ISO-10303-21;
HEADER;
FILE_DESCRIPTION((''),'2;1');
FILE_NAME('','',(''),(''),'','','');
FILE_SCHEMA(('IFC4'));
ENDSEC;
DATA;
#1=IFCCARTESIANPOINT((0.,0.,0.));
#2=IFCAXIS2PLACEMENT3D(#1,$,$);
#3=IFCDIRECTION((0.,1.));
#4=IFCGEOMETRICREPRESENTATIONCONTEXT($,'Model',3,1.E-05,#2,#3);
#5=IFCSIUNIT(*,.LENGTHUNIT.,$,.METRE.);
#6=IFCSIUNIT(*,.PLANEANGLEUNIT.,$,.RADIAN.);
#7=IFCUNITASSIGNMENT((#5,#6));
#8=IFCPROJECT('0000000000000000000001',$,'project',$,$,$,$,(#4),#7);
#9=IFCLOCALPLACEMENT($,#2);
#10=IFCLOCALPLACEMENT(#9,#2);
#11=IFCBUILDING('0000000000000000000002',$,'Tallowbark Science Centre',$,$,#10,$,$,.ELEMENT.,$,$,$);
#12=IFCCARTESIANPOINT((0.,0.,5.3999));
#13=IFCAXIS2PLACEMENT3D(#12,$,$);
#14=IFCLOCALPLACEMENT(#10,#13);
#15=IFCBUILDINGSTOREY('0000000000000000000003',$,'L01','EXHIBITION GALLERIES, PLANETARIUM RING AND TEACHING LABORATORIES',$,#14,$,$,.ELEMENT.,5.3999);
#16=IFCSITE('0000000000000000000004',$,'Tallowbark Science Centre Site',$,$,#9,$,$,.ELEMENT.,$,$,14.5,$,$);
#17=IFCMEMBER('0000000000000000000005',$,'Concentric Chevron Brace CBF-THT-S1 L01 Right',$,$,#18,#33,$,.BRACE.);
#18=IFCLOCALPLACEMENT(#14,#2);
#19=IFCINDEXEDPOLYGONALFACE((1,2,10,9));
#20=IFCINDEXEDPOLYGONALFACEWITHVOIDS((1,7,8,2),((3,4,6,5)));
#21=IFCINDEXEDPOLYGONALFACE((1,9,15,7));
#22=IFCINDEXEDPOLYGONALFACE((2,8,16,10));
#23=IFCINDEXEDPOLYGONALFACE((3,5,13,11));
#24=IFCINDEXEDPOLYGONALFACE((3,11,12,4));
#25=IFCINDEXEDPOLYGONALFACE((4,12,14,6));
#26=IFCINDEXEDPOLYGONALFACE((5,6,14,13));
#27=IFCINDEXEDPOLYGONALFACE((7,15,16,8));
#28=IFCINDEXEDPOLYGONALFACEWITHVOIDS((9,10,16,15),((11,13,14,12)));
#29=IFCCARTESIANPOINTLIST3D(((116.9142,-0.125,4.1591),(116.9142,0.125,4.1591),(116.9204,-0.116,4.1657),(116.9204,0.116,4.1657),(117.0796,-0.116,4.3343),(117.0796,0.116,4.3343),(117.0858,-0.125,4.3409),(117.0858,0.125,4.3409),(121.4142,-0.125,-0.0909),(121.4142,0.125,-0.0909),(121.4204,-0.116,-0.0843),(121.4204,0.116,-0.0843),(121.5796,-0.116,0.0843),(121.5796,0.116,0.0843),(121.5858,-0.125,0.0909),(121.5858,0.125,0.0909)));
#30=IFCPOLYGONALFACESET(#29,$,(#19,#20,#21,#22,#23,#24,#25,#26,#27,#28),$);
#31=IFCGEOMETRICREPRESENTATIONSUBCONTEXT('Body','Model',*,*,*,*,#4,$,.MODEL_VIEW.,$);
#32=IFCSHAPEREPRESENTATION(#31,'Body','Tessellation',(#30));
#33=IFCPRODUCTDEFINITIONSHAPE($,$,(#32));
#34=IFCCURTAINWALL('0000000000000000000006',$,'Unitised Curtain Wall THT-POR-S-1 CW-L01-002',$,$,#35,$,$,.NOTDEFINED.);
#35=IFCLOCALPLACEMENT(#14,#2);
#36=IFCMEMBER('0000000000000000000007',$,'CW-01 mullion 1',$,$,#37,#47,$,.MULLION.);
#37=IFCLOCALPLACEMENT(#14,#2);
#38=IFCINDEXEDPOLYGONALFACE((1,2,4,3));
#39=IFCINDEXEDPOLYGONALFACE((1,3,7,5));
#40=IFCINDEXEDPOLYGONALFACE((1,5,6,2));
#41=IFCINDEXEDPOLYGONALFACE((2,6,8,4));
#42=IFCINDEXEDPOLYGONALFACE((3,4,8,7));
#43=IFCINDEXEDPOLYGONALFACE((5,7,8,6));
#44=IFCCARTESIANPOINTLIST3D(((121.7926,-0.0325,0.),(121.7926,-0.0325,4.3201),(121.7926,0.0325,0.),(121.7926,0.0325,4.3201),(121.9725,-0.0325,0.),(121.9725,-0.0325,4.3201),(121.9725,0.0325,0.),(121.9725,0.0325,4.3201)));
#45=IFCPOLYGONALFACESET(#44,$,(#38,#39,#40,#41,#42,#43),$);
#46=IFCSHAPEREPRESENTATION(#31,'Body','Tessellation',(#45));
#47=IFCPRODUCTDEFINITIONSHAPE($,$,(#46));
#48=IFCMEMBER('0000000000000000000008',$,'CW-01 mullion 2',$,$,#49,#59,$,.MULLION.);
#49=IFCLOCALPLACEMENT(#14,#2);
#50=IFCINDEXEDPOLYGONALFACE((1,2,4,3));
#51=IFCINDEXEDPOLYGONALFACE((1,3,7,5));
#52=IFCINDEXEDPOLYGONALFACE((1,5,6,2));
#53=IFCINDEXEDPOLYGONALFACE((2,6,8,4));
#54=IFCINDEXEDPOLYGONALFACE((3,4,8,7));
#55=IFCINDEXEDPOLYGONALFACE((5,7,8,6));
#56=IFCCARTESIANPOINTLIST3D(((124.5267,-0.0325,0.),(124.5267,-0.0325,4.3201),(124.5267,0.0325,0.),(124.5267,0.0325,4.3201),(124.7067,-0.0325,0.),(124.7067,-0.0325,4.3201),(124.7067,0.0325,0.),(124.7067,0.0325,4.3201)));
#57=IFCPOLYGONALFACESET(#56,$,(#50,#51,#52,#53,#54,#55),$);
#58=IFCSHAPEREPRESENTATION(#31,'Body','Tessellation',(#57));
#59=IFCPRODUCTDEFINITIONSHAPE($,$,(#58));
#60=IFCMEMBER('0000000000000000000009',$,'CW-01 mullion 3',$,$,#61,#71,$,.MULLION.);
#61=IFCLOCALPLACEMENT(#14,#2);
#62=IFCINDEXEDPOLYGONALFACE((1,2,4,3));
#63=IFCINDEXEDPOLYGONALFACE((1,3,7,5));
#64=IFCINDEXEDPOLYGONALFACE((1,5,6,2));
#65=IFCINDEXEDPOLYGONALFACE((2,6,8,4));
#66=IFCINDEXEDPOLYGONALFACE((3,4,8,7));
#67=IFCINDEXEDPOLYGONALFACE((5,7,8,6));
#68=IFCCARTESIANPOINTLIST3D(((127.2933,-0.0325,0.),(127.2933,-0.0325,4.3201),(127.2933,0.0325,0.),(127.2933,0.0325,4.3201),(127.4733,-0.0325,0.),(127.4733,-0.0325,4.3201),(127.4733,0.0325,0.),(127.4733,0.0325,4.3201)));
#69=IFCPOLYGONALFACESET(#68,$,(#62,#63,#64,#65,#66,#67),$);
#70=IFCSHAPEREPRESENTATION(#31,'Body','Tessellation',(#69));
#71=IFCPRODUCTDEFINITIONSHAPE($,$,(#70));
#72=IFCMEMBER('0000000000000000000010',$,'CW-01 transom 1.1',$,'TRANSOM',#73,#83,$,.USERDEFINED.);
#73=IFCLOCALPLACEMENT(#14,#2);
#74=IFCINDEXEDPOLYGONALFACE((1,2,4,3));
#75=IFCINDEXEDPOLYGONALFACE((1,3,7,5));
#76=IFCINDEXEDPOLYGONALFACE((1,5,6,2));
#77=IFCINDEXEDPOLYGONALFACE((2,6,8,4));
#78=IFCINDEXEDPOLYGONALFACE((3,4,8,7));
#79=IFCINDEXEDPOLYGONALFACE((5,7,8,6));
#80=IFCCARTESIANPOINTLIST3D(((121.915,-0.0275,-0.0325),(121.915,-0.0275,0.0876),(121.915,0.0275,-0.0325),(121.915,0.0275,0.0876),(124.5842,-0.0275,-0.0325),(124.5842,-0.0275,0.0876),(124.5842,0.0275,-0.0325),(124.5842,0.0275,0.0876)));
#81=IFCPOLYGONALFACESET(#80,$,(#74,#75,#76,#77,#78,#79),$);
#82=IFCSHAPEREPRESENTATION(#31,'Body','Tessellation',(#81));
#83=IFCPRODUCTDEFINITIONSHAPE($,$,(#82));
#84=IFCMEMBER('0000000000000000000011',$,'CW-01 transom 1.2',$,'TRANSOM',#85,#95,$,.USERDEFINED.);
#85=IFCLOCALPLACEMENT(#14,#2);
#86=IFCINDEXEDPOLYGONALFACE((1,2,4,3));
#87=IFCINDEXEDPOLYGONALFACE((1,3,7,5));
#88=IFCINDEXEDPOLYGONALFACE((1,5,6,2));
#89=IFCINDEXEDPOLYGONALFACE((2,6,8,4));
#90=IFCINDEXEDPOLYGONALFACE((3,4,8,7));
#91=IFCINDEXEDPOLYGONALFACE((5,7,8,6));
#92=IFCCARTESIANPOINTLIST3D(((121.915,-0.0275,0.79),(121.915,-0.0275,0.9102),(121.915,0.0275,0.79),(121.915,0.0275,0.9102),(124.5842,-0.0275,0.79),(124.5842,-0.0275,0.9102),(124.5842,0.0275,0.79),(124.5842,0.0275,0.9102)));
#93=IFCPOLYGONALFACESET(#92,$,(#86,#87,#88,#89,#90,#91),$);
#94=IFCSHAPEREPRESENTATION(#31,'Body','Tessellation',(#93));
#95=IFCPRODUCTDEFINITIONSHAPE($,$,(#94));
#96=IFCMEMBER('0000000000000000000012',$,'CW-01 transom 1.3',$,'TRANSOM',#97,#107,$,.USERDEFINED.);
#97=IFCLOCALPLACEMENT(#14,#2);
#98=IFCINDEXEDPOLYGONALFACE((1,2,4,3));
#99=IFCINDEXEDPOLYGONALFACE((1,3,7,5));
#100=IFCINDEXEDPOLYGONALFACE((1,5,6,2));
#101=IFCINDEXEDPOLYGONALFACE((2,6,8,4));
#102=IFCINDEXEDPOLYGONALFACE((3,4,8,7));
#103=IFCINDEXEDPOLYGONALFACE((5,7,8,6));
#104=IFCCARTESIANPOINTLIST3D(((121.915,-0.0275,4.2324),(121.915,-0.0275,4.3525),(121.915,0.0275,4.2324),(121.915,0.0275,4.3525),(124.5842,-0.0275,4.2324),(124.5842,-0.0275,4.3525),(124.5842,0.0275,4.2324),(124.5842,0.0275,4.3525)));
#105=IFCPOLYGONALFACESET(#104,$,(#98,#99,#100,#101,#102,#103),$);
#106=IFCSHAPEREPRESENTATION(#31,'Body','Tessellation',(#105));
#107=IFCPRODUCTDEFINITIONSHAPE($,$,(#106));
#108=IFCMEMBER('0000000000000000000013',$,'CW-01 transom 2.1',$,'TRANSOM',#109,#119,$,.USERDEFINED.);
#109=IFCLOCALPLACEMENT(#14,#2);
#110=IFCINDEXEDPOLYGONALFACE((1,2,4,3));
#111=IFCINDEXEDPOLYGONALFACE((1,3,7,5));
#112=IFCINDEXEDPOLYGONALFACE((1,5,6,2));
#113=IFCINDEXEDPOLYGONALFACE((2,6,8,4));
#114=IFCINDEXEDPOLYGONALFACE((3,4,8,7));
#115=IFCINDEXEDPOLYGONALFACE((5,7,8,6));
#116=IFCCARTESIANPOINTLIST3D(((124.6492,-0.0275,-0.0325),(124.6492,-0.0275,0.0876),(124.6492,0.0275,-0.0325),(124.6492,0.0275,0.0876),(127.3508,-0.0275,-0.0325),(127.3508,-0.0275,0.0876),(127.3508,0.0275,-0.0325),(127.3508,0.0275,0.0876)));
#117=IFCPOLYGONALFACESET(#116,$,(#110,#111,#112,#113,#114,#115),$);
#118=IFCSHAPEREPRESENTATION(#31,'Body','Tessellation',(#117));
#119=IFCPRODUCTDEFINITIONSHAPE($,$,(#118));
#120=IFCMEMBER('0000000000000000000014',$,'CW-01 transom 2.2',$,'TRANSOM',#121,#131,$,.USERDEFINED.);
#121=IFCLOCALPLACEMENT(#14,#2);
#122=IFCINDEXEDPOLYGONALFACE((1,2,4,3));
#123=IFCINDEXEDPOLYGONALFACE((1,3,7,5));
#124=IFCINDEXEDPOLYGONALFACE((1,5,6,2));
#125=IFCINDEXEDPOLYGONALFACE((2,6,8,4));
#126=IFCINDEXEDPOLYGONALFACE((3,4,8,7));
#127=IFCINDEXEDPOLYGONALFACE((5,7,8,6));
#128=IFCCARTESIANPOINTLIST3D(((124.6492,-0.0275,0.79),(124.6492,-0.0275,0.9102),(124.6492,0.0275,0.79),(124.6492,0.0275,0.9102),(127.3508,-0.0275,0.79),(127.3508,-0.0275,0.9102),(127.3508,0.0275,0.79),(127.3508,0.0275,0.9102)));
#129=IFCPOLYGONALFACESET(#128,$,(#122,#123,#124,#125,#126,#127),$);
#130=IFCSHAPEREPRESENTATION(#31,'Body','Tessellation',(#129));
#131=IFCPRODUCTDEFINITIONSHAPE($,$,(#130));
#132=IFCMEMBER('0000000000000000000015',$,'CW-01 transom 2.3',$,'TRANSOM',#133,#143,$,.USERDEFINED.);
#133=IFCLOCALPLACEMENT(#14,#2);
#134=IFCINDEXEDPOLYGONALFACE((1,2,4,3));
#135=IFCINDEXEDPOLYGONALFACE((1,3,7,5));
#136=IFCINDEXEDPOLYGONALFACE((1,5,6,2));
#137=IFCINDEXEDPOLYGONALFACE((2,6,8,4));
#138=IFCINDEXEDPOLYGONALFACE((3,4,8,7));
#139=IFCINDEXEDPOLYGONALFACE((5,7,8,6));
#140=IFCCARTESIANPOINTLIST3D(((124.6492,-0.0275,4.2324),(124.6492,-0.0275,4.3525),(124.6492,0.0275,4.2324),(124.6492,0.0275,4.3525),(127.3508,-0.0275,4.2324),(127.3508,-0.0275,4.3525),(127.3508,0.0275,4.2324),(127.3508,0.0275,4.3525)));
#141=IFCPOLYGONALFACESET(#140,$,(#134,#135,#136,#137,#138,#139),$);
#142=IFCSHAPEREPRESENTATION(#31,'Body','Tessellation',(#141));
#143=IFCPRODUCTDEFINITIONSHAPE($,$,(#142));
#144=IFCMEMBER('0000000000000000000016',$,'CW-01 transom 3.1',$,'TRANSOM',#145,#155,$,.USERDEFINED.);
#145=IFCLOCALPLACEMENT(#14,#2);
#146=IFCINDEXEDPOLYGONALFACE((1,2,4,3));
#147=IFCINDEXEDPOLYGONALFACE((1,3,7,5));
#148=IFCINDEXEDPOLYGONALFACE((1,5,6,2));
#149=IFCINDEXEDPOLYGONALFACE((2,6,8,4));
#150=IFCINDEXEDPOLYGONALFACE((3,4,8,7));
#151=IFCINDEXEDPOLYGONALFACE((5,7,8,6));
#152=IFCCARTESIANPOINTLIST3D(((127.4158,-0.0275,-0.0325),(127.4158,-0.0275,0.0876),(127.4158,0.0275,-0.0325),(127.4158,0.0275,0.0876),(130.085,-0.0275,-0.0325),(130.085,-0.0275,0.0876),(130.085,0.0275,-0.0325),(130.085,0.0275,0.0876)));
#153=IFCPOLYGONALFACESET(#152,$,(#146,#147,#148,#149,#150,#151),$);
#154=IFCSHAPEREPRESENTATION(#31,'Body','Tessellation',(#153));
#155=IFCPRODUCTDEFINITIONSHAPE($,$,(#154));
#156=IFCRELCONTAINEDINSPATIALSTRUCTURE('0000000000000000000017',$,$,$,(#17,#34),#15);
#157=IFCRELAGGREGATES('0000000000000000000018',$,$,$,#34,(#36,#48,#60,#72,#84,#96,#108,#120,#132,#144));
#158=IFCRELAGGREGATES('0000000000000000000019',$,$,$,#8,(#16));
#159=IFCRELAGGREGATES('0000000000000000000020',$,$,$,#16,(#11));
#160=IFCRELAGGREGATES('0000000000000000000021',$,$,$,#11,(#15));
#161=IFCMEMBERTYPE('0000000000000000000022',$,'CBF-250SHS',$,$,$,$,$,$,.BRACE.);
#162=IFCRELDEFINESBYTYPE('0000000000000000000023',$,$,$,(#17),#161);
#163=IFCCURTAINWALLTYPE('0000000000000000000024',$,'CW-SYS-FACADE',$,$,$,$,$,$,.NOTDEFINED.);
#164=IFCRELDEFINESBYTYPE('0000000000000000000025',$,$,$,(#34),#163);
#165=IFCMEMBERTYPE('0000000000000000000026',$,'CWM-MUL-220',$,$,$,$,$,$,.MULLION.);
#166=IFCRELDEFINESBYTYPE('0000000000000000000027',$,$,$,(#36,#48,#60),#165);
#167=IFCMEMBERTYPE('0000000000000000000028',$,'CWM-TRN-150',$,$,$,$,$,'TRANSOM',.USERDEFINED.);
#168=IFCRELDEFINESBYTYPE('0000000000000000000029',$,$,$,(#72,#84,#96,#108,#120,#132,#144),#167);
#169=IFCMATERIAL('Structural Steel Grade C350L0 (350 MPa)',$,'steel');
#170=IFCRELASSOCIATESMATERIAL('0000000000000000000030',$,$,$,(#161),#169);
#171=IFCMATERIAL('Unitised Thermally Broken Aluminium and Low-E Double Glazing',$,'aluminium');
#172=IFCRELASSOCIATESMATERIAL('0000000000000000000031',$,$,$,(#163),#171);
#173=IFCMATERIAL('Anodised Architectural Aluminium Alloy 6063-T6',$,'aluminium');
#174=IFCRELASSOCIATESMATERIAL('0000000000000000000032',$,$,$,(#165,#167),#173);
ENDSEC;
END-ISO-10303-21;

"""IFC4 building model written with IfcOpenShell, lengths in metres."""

from ifc_helpers import new_model, si_unit, direction, frame, origin, origin_2d, place, context, subcontext, project, spatial, rectangle, hollow_rectangle, extrude, material, material_profile, profile_set, type_object, element, aggregate, save


model = new_model("IFC4")

# Units and contexts
model_context = context("Model", 3, precision=1e-05, world=origin(), true_north=direction((0.0, 1.0)))
body_context = subcontext(model_context, "Body", "Model", "MODEL_VIEW")
ifc_project = project(units=[si_unit("LENGTHUNIT", "METRE"), si_unit("PLANEANGLEUNIT", "RADIAN")], contexts=[model_context])

# Site, building, storey
site_placement = place(None, origin())
site = spatial("IfcSite", under=ifc_project, at=site_placement, Name="Tallowbark Science Centre Site", CompositionType="ELEMENT", RefElevation=14.5)
building_placement = place(site_placement, origin())
building = spatial("IfcBuilding", under=site, at=building_placement, Name="Tallowbark Science Centre", CompositionType="ELEMENT")
storey_placement = place(building_placement, frame((0.0, 0.0, 5.3999)))
storey = spatial("IfcBuildingStorey", under=building, at=storey_placement, Name="L01", Description="EXHIBITION GALLERIES, PLANETARIUM RING AND TEACHING LABORATORIES", CompositionType="ELEMENT", Elevation=5.3999)

# Member
ifc_material_1 = material(Name="Structural Steel Grade C350L0 (350 MPa)", Category="steel")
ifc_material_profile_1 = material_profile(ifc_material_1, hollow_rectangle(XDim=0.25, YDim=0.25, WallThickness=0.009, at=origin_2d()), Name="250x250x9.0SHS")
ifc_profile_set_1 = profile_set([ifc_material_profile_1], Name="Structural Steel Grade C350L0 (350 MPa)")
member_type_1 = type_object("IfcMemberType", Name="CBF-250SHS", PredefinedType="BRACE", material=ifc_profile_set_1)
member_1_placement = place(storey_placement, frame((121.5, 0.0, 0.0), z_axis=(-0.727013, 0.0, 0.686624), x_axis=(0.0, -1.0, 0.0)))
element("IfcMember", 1, at=member_1_placement, inside=storey, type_object=member_type_1, Name="Concentric Chevron Brace CBF-THT-S1 L01 Right", PredefinedType="BRACE", context=body_context, shape_type="SweptSolid", body=[
    extrude(hollow_rectangle(XDim=0.25, YDim=0.25, WallThickness=0.009, at=origin_2d()), origin(), (0.0, 0.0, 1.0), 6.1897),
])

# Curtain wall, members
ifc_material_2 = material(Name="Unitised Thermally Broken Aluminium and Low-E Double Glazing", Category="aluminium")
curtain_wall_type = type_object("IfcCurtainWallType", Name="CW-SYS-FACADE", PredefinedType="NOTDEFINED", material=ifc_material_2)
curtain_wall_placement = place(storey_placement, origin())
curtain_wall = element("IfcCurtainWall", 2, at=curtain_wall_placement, inside=storey, type_object=curtain_wall_type, Name="Unitised Curtain Wall THT-POR-S-1 CW-L01-002", PredefinedType="NOTDEFINED")
ifc_material_3 = material(Name="Anodised Architectural Aluminium Alloy 6063-T6", Category="aluminium")
ifc_material_profile_2 = material_profile(ifc_material_3, rectangle(XDim=0.0649, YDim=0.1799, at=origin_2d()), Name="ALU65x180")
ifc_profile_set_2 = profile_set([ifc_material_profile_2], Name="Anodised Architectural Aluminium Alloy 6063-T6")
member_type_2 = type_object("IfcMemberType", Name="CWM-MUL-220", PredefinedType="MULLION", material=ifc_profile_set_2)
member_2_placement = place(storey_placement, frame((121.8826, 0.0, 0.0), z_axis=(0.0, 0.0, 1.0), x_axis=(0.0, 1.0, 0.0)))
member_2 = element("IfcMember", 3, at=member_2_placement, type_object=member_type_2, Name="CW-01 mullion 1", PredefinedType="MULLION", context=body_context, shape_type="SweptSolid", body=[
    extrude(rectangle(XDim=0.0649, YDim=0.1799, at=origin_2d()), origin(), (0.0, 0.0, 1.0), 4.3201),
])
member_3_placement = place(storey_placement, frame((124.6167, 0.0, 0.0), z_axis=(0.0, 0.0, 1.0), x_axis=(0.0, 1.0, 0.0)))
member_3 = element("IfcMember", 4, at=member_3_placement, type_object=member_type_2, Name="CW-01 mullion 2", PredefinedType="MULLION", context=body_context, shape_type="SweptSolid", body=[
    extrude(rectangle(XDim=0.0649, YDim=0.1799, at=origin_2d()), origin(), (0.0, 0.0, 1.0), 4.3201),
])
member_4_placement = place(storey_placement, frame((127.3833, 0.0, 0.0), z_axis=(0.0, 0.0, 1.0), x_axis=(0.0, 1.0, 0.0)))
member_4 = element("IfcMember", 5, at=member_4_placement, type_object=member_type_2, Name="CW-01 mullion 3", PredefinedType="MULLION", context=body_context, shape_type="SweptSolid", body=[
    extrude(rectangle(XDim=0.0649, YDim=0.1799, at=origin_2d()), origin(), (0.0, 0.0, 1.0), 4.3201),
])
ifc_material_profile_3 = material_profile(ifc_material_3, rectangle(XDim=0.0549, YDim=0.1201, at=origin_2d()), Name="ALU55x120")
ifc_profile_set_3 = profile_set([ifc_material_profile_3], Name="Anodised Architectural Aluminium Alloy 6063-T6")
member_type_3 = type_object("IfcMemberType", Name="CWM-TRN-150", ElementType="TRANSOM", PredefinedType="USERDEFINED", material=ifc_profile_set_3)
member_5_placement = place(storey_placement, frame((121.915, 0.0, 0.0276), z_axis=(1.0, 0.0, 0.0), x_axis=(0.0, 1.0, 0.0)))
member_5 = element("IfcMember", 6, at=member_5_placement, type_object=member_type_3, Name="CW-01 transom 1.1", ObjectType="TRANSOM", PredefinedType="USERDEFINED", context=body_context, shape_type="SweptSolid", body=[
    extrude(rectangle(XDim=0.0549, YDim=0.1201, at=origin_2d()), origin(), (0.0, 0.0, 1.0), 2.6692),
])
member_6_placement = place(storey_placement, frame((121.915, 0.0, 0.8501), z_axis=(1.0, 0.0, 0.0), x_axis=(0.0, 1.0, 0.0)))
member_6 = element("IfcMember", 7, at=member_6_placement, type_object=member_type_3, Name="CW-01 transom 1.2", ObjectType="TRANSOM", PredefinedType="USERDEFINED", context=body_context, shape_type="SweptSolid", body=[
    extrude(rectangle(XDim=0.0549, YDim=0.1201, at=origin_2d()), origin(), (0.0, 0.0, 1.0), 2.6692),
])
member_7_placement = place(storey_placement, frame((121.915, 0.0, 4.2925), z_axis=(1.0, 0.0, 0.0), x_axis=(0.0, 1.0, 0.0)))
member_7 = element("IfcMember", 8, at=member_7_placement, type_object=member_type_3, Name="CW-01 transom 1.3", ObjectType="TRANSOM", PredefinedType="USERDEFINED", context=body_context, shape_type="SweptSolid", body=[
    extrude(rectangle(XDim=0.0549, YDim=0.1201, at=origin_2d()), origin(), (0.0, 0.0, 1.0), 2.6692),
])
member_8_placement = place(storey_placement, frame((124.6492, 0.0, 0.0276), z_axis=(1.0, 0.0, 0.0), x_axis=(0.0, 1.0, 0.0)))
member_8 = element("IfcMember", 9, at=member_8_placement, type_object=member_type_3, Name="CW-01 transom 2.1", ObjectType="TRANSOM", PredefinedType="USERDEFINED", context=body_context, shape_type="SweptSolid", body=[
    extrude(rectangle(XDim=0.0549, YDim=0.1201, at=origin_2d()), origin(), (0.0, 0.0, 1.0), 2.7017),
])
member_9_placement = place(storey_placement, frame((124.6492, 0.0, 0.8501), z_axis=(1.0, 0.0, 0.0), x_axis=(0.0, 1.0, 0.0)))
member_9 = element("IfcMember", 10, at=member_9_placement, type_object=member_type_3, Name="CW-01 transom 2.2", ObjectType="TRANSOM", PredefinedType="USERDEFINED", context=body_context, shape_type="SweptSolid", body=[
    extrude(rectangle(XDim=0.0549, YDim=0.1201, at=origin_2d()), origin(), (0.0, 0.0, 1.0), 2.7017),
])
member_10_placement = place(storey_placement, frame((124.6492, 0.0, 4.2925), z_axis=(1.0, 0.0, 0.0), x_axis=(0.0, 1.0, 0.0)))
member_10 = element("IfcMember", 11, at=member_10_placement, type_object=member_type_3, Name="CW-01 transom 2.3", ObjectType="TRANSOM", PredefinedType="USERDEFINED", context=body_context, shape_type="SweptSolid", body=[
    extrude(rectangle(XDim=0.0549, YDim=0.1201, at=origin_2d()), origin(), (0.0, 0.0, 1.0), 2.7017),
])
member_11_placement = place(storey_placement, frame((127.4158, 0.0, 0.0276), z_axis=(1.0, 0.0, 0.0), x_axis=(0.0, 1.0, 0.0)))
member_11 = element("IfcMember", 12, at=member_11_placement, type_object=member_type_3, Name="CW-01 transom 3.1", ObjectType="TRANSOM", PredefinedType="USERDEFINED", context=body_context, shape_type="SweptSolid", body=[
    extrude(rectangle(XDim=0.0549, YDim=0.1201, at=origin_2d()), origin(), (0.0, 0.0, 1.0), 2.6692),
])

aggregate(curtain_wall, [member_2, member_3, member_4, member_5, member_6, member_7, member_8, member_9, member_10, member_11])

save(model, "model.ifc")
